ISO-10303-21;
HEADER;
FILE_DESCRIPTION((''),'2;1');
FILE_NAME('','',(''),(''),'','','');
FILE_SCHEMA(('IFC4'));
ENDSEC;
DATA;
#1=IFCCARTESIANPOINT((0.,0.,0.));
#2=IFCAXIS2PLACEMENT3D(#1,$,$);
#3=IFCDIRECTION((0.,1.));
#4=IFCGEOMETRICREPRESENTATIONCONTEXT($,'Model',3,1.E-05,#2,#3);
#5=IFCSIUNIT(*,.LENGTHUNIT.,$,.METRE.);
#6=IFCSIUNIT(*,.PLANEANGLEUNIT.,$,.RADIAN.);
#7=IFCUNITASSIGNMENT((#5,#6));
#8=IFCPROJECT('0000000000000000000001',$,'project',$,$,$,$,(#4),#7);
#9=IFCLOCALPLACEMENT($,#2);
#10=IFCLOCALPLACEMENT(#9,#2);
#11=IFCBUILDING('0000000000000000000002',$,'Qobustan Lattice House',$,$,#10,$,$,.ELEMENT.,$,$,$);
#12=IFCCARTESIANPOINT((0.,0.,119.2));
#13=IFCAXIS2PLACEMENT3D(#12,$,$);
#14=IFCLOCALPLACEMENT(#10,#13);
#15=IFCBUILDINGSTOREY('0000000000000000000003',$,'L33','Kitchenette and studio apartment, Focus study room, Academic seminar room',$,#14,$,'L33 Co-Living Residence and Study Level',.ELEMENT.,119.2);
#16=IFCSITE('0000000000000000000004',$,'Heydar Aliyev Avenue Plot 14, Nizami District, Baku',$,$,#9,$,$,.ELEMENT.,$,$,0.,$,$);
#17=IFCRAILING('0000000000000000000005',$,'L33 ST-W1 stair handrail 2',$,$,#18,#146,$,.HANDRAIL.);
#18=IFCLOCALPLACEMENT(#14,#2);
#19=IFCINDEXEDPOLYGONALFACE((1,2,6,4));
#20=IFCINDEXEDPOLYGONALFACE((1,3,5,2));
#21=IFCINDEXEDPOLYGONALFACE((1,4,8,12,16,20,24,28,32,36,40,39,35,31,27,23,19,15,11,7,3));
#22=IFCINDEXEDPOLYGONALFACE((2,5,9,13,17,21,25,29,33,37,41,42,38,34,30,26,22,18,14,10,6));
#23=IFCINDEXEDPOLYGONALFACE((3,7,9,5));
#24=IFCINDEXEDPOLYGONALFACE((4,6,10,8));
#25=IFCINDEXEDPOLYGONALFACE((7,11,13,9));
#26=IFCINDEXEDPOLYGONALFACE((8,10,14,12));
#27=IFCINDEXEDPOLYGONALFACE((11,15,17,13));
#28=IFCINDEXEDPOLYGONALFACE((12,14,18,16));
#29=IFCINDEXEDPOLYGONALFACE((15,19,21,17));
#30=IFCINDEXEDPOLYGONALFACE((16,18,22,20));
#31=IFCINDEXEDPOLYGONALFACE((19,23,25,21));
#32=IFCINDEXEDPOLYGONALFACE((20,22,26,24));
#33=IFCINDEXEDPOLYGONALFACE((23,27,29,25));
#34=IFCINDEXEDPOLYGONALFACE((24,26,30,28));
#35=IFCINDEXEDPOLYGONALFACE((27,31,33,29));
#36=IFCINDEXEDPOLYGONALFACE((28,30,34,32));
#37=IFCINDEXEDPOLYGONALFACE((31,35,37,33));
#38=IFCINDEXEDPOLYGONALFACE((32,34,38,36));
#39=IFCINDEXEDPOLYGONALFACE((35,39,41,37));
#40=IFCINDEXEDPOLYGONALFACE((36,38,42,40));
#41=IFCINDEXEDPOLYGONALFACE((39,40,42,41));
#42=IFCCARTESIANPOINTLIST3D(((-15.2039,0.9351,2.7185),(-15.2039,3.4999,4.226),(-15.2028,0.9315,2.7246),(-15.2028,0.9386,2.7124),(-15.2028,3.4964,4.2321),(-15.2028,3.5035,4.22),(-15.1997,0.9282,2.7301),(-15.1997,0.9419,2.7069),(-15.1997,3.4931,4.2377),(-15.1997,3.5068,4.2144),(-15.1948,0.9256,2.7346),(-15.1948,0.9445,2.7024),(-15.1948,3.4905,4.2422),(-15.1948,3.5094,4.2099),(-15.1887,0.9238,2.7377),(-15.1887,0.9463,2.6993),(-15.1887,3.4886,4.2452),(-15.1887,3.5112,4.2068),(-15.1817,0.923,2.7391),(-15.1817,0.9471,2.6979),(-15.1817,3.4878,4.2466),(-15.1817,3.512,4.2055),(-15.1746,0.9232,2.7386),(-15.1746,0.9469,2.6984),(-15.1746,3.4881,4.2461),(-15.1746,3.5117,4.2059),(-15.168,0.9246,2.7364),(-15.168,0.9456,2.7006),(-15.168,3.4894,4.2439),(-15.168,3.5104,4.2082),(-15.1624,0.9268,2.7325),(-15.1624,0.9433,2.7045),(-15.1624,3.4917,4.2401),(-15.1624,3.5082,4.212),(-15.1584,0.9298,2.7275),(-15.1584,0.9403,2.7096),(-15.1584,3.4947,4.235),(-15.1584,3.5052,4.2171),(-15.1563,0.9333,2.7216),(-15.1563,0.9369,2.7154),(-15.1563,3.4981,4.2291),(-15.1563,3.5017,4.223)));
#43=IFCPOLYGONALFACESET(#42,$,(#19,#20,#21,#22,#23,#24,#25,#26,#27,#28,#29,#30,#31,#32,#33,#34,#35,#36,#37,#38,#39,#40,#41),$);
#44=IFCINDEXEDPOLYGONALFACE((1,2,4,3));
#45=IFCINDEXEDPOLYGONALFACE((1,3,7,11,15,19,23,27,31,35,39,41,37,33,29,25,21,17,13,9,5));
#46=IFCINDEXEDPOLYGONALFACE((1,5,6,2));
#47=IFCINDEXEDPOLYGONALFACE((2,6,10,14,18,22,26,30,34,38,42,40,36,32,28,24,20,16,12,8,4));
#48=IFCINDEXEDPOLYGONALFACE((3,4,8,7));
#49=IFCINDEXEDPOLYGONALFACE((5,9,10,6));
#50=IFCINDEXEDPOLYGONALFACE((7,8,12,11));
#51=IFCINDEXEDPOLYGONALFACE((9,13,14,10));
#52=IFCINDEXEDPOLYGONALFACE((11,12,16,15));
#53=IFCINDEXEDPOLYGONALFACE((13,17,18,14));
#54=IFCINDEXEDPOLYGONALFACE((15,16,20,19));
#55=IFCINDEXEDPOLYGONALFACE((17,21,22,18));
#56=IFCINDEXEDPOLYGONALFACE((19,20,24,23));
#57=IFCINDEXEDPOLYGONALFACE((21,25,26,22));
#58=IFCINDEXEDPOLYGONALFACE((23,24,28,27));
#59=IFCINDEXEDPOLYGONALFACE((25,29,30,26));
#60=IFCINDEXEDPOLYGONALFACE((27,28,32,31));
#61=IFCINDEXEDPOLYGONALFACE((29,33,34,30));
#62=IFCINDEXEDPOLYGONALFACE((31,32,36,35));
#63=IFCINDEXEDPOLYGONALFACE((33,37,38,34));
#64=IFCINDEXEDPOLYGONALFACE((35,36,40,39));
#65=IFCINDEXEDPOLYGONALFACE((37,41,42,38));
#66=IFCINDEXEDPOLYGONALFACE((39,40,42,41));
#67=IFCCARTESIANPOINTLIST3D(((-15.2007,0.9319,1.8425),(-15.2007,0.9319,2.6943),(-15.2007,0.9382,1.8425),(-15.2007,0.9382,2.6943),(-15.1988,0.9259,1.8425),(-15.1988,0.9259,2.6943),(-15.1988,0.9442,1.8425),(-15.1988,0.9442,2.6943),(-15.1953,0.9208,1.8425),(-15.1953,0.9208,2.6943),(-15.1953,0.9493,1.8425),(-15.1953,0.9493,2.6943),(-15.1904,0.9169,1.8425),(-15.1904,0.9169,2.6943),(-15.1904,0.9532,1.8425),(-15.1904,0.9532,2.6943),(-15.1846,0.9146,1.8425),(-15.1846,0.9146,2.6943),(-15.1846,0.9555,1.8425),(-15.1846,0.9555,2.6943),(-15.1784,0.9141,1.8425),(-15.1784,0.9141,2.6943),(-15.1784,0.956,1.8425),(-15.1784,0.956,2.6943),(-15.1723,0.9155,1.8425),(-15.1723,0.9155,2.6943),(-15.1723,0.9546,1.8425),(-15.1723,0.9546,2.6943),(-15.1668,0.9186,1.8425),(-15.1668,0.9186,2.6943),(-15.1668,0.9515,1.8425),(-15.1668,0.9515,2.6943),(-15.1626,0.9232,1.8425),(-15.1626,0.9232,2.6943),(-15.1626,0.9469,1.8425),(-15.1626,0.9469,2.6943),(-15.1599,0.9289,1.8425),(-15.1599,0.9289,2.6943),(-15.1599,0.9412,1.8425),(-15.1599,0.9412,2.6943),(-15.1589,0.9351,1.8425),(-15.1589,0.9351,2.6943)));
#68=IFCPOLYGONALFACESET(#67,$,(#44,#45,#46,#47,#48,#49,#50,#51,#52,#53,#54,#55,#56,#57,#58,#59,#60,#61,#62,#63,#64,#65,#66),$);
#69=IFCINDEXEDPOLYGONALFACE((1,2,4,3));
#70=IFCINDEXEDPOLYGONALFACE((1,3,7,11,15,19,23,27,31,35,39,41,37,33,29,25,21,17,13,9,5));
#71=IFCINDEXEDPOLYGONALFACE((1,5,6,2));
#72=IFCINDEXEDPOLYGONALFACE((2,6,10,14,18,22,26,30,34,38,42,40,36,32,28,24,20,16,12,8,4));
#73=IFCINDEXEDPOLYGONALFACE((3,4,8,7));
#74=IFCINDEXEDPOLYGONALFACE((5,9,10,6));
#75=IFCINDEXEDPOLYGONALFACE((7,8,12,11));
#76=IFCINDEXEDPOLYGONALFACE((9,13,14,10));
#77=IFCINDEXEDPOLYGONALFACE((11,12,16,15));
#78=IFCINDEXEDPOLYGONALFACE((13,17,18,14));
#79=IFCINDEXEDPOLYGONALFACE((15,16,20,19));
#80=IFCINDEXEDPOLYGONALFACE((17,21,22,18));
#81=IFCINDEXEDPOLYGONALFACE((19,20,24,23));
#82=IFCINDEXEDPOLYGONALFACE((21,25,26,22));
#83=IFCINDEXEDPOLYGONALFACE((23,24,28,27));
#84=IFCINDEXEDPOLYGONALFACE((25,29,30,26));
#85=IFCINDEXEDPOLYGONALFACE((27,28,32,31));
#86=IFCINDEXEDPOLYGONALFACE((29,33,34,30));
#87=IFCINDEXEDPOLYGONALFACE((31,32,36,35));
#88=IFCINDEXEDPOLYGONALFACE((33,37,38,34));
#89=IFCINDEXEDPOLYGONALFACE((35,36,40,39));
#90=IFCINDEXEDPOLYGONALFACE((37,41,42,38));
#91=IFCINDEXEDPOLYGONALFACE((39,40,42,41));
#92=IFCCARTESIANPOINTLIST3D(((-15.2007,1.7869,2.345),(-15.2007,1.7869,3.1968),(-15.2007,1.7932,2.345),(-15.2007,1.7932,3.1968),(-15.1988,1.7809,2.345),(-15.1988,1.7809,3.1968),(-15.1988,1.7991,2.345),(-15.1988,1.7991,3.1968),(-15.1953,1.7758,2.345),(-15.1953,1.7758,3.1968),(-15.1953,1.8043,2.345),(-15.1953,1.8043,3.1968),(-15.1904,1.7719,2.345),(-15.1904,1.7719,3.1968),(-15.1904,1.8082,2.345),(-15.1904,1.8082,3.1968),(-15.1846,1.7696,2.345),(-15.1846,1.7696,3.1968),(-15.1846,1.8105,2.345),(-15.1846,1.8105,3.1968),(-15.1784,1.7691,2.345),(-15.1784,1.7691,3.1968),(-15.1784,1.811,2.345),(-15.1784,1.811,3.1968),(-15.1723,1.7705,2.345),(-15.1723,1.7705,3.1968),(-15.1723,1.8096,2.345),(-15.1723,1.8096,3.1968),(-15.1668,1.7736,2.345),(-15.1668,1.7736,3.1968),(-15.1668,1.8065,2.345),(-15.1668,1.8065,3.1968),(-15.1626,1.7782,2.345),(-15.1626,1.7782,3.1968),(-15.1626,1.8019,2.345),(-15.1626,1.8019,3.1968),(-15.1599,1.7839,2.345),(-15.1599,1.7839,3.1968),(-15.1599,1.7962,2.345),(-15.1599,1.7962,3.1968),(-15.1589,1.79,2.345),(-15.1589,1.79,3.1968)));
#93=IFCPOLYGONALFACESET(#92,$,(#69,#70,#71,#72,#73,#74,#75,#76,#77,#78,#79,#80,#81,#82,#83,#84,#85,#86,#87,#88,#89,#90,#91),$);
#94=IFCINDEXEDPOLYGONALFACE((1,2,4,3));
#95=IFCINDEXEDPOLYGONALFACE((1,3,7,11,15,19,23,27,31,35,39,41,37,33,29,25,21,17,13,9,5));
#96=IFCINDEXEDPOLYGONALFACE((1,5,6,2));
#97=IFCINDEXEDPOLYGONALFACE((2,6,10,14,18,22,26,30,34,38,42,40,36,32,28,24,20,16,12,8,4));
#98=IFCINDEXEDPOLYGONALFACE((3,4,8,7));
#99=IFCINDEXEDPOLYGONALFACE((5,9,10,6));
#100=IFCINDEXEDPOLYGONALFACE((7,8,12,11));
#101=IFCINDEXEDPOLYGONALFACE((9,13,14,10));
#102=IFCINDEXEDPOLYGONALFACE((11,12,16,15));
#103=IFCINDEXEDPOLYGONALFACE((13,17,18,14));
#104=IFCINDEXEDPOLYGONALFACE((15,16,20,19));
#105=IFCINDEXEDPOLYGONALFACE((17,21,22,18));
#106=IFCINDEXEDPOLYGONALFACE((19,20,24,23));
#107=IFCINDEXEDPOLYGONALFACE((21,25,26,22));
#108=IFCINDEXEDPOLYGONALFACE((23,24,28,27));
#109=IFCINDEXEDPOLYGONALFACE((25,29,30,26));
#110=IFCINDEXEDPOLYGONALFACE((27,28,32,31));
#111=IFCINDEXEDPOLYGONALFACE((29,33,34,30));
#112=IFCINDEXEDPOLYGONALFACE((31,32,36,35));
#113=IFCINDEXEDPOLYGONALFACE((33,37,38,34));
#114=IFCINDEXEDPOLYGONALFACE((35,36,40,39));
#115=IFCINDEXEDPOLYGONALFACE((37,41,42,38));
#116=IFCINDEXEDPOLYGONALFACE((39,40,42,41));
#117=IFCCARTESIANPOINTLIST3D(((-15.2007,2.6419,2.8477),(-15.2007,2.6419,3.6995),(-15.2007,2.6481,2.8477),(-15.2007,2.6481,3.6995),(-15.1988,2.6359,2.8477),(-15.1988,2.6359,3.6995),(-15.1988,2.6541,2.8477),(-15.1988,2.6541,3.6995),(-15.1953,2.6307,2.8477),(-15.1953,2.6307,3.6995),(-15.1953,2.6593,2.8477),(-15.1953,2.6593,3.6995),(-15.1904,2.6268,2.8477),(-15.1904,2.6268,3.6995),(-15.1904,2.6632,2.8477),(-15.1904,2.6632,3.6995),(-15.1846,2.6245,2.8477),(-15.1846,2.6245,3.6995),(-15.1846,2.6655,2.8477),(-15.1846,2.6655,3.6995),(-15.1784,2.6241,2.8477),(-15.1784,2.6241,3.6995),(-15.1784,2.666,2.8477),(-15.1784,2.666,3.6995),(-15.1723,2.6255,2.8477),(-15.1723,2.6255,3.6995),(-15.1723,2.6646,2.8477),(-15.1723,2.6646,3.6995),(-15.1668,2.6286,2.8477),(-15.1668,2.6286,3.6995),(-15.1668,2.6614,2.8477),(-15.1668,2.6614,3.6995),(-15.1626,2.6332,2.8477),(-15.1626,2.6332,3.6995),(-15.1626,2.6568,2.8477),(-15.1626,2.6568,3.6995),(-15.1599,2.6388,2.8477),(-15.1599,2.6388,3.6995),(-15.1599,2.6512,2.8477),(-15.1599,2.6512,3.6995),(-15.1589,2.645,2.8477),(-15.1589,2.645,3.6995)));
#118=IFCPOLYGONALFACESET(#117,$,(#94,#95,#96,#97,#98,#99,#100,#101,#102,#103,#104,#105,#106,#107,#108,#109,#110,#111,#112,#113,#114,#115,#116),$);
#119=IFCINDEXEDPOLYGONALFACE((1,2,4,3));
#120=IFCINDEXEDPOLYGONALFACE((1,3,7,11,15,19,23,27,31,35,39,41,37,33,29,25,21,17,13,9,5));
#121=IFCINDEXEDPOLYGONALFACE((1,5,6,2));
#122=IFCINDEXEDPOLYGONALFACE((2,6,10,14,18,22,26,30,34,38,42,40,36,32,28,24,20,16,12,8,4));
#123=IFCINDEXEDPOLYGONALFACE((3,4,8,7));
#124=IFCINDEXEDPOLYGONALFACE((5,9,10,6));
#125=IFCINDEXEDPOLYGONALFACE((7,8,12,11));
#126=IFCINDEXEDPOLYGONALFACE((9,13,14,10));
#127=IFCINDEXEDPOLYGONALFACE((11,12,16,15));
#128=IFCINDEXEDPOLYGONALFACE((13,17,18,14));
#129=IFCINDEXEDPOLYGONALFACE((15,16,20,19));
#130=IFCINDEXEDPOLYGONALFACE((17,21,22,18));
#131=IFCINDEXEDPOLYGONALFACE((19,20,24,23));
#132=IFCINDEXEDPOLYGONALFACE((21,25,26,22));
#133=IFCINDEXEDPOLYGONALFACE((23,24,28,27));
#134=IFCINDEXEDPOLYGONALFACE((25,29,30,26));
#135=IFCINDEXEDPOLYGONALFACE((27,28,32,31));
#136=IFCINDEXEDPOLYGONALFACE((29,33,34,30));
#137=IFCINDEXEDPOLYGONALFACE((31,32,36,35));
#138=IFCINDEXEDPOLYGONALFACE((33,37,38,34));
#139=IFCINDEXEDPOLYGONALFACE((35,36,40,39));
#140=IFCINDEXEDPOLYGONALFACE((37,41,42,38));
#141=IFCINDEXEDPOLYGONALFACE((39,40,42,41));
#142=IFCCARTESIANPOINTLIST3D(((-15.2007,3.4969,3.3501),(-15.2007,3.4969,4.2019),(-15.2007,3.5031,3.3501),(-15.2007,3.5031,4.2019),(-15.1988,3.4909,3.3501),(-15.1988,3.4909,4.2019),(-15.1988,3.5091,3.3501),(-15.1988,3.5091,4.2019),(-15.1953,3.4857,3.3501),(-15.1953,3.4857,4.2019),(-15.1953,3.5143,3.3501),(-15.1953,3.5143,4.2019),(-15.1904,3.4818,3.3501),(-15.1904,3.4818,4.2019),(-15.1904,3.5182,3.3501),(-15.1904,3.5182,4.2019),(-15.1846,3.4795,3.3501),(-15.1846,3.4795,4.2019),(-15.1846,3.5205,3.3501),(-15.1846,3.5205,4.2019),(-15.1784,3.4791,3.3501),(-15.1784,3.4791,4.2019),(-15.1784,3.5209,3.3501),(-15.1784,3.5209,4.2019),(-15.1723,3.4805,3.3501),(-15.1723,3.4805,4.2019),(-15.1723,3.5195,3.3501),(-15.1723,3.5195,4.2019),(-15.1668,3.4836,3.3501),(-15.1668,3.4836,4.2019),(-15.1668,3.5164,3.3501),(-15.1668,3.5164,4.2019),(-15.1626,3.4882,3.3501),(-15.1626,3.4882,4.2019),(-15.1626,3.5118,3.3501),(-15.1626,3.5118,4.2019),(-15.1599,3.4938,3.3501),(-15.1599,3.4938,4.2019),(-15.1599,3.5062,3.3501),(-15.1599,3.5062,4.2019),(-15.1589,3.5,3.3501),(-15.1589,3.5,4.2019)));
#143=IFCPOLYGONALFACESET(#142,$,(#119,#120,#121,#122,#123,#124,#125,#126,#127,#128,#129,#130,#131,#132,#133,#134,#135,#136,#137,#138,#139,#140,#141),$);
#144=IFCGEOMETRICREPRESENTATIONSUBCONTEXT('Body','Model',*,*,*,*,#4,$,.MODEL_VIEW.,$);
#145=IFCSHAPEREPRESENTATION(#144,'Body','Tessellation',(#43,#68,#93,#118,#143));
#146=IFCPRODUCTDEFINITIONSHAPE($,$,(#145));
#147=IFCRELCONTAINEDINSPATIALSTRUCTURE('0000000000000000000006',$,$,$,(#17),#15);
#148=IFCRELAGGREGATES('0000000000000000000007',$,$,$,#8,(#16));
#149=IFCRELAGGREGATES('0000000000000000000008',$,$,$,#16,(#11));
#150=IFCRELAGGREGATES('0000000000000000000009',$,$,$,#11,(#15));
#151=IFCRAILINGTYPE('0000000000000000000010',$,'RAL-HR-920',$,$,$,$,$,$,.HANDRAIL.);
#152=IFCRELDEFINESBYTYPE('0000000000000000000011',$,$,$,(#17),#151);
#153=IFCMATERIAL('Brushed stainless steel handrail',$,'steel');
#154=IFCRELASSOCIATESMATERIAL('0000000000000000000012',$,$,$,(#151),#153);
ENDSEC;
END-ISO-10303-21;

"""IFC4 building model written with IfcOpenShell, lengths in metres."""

from ifc_helpers import new_model, si_unit, direction, frame, origin, origin_2d, place, context, subcontext, project, spatial, circle, extrude, material, type_object, element, save


model = new_model("IFC4")

# Units and contexts
model_context = context("Model", 3, precision=1e-05, world=origin(), true_north=direction((0.0, 1.0)))
body_context = subcontext(model_context, "Body", "Model", "MODEL_VIEW")
ifc_project = project(units=[si_unit("LENGTHUNIT", "METRE"), si_unit("PLANEANGLEUNIT", "RADIAN")], contexts=[model_context])

# Site, building, storey
site_placement = place(None, origin())
site = spatial("IfcSite", under=ifc_project, at=site_placement, Name="Heydar Aliyev Avenue Plot 14, Nizami District, Baku", CompositionType="ELEMENT", RefElevation=0.0)
building_placement = place(site_placement, origin())
building = spatial("IfcBuilding", under=site, at=building_placement, Name="Qobustan Lattice House", CompositionType="ELEMENT")
storey_placement = place(building_placement, frame((0.0, 0.0, 119.2)))
storey = spatial("IfcBuildingStorey", under=building, at=storey_placement, Name="L33", Description="Kitchenette and studio apartment, Focus study room, Academic seminar room", LongName="L33 Co-Living Residence and Study Level", CompositionType="ELEMENT", Elevation=119.2)

# Railing
ifc_material_1 = material(Name="Brushed stainless steel handrail", Category="steel")
railing_type_1 = type_object("IfcRailingType", Name="RAL-HR-920", PredefinedType="HANDRAIL", material=ifc_material_1)
railing_1_placement = place(storey_placement, frame((-15.1799, 0.9351, 1.8425)))
element("IfcRailing", 1, at=railing_1_placement, inside=storey, type_object=railing_type_1, Name="L33 ST-W1 stair handrail 2", PredefinedType="HANDRAIL", context=body_context, shape_type="SweptSolid", body=[
    extrude(circle(Radius=0.0239, at=origin_2d()), frame((0.0, 0.0, 0.876), z_axis=(0.0, 0.862113, 0.506715), x_axis=(-1.0, 0.0, 0.0)), (0.0, 0.0, 1.0), 2.9751),
    extrude(circle(Radius=0.021, at=origin_2d()), origin(), (0.0, 0.0, 1.0), 0.8518),
    extrude(circle(Radius=0.021, at=origin_2d()), frame((0.0, 0.855, 0.5024)), (0.0, 0.0, 1.0), 0.8518),
    extrude(circle(Radius=0.021, at=origin_2d()), frame((0.0, 1.71, 1.0051)), (0.0, 0.0, 1.0), 0.8518),
    extrude(circle(Radius=0.021, at=origin_2d()), frame((0.0, 2.5649, 1.5076)), (0.0, 0.0, 1.0), 0.8518),
])

save(model, "model.ifc")
